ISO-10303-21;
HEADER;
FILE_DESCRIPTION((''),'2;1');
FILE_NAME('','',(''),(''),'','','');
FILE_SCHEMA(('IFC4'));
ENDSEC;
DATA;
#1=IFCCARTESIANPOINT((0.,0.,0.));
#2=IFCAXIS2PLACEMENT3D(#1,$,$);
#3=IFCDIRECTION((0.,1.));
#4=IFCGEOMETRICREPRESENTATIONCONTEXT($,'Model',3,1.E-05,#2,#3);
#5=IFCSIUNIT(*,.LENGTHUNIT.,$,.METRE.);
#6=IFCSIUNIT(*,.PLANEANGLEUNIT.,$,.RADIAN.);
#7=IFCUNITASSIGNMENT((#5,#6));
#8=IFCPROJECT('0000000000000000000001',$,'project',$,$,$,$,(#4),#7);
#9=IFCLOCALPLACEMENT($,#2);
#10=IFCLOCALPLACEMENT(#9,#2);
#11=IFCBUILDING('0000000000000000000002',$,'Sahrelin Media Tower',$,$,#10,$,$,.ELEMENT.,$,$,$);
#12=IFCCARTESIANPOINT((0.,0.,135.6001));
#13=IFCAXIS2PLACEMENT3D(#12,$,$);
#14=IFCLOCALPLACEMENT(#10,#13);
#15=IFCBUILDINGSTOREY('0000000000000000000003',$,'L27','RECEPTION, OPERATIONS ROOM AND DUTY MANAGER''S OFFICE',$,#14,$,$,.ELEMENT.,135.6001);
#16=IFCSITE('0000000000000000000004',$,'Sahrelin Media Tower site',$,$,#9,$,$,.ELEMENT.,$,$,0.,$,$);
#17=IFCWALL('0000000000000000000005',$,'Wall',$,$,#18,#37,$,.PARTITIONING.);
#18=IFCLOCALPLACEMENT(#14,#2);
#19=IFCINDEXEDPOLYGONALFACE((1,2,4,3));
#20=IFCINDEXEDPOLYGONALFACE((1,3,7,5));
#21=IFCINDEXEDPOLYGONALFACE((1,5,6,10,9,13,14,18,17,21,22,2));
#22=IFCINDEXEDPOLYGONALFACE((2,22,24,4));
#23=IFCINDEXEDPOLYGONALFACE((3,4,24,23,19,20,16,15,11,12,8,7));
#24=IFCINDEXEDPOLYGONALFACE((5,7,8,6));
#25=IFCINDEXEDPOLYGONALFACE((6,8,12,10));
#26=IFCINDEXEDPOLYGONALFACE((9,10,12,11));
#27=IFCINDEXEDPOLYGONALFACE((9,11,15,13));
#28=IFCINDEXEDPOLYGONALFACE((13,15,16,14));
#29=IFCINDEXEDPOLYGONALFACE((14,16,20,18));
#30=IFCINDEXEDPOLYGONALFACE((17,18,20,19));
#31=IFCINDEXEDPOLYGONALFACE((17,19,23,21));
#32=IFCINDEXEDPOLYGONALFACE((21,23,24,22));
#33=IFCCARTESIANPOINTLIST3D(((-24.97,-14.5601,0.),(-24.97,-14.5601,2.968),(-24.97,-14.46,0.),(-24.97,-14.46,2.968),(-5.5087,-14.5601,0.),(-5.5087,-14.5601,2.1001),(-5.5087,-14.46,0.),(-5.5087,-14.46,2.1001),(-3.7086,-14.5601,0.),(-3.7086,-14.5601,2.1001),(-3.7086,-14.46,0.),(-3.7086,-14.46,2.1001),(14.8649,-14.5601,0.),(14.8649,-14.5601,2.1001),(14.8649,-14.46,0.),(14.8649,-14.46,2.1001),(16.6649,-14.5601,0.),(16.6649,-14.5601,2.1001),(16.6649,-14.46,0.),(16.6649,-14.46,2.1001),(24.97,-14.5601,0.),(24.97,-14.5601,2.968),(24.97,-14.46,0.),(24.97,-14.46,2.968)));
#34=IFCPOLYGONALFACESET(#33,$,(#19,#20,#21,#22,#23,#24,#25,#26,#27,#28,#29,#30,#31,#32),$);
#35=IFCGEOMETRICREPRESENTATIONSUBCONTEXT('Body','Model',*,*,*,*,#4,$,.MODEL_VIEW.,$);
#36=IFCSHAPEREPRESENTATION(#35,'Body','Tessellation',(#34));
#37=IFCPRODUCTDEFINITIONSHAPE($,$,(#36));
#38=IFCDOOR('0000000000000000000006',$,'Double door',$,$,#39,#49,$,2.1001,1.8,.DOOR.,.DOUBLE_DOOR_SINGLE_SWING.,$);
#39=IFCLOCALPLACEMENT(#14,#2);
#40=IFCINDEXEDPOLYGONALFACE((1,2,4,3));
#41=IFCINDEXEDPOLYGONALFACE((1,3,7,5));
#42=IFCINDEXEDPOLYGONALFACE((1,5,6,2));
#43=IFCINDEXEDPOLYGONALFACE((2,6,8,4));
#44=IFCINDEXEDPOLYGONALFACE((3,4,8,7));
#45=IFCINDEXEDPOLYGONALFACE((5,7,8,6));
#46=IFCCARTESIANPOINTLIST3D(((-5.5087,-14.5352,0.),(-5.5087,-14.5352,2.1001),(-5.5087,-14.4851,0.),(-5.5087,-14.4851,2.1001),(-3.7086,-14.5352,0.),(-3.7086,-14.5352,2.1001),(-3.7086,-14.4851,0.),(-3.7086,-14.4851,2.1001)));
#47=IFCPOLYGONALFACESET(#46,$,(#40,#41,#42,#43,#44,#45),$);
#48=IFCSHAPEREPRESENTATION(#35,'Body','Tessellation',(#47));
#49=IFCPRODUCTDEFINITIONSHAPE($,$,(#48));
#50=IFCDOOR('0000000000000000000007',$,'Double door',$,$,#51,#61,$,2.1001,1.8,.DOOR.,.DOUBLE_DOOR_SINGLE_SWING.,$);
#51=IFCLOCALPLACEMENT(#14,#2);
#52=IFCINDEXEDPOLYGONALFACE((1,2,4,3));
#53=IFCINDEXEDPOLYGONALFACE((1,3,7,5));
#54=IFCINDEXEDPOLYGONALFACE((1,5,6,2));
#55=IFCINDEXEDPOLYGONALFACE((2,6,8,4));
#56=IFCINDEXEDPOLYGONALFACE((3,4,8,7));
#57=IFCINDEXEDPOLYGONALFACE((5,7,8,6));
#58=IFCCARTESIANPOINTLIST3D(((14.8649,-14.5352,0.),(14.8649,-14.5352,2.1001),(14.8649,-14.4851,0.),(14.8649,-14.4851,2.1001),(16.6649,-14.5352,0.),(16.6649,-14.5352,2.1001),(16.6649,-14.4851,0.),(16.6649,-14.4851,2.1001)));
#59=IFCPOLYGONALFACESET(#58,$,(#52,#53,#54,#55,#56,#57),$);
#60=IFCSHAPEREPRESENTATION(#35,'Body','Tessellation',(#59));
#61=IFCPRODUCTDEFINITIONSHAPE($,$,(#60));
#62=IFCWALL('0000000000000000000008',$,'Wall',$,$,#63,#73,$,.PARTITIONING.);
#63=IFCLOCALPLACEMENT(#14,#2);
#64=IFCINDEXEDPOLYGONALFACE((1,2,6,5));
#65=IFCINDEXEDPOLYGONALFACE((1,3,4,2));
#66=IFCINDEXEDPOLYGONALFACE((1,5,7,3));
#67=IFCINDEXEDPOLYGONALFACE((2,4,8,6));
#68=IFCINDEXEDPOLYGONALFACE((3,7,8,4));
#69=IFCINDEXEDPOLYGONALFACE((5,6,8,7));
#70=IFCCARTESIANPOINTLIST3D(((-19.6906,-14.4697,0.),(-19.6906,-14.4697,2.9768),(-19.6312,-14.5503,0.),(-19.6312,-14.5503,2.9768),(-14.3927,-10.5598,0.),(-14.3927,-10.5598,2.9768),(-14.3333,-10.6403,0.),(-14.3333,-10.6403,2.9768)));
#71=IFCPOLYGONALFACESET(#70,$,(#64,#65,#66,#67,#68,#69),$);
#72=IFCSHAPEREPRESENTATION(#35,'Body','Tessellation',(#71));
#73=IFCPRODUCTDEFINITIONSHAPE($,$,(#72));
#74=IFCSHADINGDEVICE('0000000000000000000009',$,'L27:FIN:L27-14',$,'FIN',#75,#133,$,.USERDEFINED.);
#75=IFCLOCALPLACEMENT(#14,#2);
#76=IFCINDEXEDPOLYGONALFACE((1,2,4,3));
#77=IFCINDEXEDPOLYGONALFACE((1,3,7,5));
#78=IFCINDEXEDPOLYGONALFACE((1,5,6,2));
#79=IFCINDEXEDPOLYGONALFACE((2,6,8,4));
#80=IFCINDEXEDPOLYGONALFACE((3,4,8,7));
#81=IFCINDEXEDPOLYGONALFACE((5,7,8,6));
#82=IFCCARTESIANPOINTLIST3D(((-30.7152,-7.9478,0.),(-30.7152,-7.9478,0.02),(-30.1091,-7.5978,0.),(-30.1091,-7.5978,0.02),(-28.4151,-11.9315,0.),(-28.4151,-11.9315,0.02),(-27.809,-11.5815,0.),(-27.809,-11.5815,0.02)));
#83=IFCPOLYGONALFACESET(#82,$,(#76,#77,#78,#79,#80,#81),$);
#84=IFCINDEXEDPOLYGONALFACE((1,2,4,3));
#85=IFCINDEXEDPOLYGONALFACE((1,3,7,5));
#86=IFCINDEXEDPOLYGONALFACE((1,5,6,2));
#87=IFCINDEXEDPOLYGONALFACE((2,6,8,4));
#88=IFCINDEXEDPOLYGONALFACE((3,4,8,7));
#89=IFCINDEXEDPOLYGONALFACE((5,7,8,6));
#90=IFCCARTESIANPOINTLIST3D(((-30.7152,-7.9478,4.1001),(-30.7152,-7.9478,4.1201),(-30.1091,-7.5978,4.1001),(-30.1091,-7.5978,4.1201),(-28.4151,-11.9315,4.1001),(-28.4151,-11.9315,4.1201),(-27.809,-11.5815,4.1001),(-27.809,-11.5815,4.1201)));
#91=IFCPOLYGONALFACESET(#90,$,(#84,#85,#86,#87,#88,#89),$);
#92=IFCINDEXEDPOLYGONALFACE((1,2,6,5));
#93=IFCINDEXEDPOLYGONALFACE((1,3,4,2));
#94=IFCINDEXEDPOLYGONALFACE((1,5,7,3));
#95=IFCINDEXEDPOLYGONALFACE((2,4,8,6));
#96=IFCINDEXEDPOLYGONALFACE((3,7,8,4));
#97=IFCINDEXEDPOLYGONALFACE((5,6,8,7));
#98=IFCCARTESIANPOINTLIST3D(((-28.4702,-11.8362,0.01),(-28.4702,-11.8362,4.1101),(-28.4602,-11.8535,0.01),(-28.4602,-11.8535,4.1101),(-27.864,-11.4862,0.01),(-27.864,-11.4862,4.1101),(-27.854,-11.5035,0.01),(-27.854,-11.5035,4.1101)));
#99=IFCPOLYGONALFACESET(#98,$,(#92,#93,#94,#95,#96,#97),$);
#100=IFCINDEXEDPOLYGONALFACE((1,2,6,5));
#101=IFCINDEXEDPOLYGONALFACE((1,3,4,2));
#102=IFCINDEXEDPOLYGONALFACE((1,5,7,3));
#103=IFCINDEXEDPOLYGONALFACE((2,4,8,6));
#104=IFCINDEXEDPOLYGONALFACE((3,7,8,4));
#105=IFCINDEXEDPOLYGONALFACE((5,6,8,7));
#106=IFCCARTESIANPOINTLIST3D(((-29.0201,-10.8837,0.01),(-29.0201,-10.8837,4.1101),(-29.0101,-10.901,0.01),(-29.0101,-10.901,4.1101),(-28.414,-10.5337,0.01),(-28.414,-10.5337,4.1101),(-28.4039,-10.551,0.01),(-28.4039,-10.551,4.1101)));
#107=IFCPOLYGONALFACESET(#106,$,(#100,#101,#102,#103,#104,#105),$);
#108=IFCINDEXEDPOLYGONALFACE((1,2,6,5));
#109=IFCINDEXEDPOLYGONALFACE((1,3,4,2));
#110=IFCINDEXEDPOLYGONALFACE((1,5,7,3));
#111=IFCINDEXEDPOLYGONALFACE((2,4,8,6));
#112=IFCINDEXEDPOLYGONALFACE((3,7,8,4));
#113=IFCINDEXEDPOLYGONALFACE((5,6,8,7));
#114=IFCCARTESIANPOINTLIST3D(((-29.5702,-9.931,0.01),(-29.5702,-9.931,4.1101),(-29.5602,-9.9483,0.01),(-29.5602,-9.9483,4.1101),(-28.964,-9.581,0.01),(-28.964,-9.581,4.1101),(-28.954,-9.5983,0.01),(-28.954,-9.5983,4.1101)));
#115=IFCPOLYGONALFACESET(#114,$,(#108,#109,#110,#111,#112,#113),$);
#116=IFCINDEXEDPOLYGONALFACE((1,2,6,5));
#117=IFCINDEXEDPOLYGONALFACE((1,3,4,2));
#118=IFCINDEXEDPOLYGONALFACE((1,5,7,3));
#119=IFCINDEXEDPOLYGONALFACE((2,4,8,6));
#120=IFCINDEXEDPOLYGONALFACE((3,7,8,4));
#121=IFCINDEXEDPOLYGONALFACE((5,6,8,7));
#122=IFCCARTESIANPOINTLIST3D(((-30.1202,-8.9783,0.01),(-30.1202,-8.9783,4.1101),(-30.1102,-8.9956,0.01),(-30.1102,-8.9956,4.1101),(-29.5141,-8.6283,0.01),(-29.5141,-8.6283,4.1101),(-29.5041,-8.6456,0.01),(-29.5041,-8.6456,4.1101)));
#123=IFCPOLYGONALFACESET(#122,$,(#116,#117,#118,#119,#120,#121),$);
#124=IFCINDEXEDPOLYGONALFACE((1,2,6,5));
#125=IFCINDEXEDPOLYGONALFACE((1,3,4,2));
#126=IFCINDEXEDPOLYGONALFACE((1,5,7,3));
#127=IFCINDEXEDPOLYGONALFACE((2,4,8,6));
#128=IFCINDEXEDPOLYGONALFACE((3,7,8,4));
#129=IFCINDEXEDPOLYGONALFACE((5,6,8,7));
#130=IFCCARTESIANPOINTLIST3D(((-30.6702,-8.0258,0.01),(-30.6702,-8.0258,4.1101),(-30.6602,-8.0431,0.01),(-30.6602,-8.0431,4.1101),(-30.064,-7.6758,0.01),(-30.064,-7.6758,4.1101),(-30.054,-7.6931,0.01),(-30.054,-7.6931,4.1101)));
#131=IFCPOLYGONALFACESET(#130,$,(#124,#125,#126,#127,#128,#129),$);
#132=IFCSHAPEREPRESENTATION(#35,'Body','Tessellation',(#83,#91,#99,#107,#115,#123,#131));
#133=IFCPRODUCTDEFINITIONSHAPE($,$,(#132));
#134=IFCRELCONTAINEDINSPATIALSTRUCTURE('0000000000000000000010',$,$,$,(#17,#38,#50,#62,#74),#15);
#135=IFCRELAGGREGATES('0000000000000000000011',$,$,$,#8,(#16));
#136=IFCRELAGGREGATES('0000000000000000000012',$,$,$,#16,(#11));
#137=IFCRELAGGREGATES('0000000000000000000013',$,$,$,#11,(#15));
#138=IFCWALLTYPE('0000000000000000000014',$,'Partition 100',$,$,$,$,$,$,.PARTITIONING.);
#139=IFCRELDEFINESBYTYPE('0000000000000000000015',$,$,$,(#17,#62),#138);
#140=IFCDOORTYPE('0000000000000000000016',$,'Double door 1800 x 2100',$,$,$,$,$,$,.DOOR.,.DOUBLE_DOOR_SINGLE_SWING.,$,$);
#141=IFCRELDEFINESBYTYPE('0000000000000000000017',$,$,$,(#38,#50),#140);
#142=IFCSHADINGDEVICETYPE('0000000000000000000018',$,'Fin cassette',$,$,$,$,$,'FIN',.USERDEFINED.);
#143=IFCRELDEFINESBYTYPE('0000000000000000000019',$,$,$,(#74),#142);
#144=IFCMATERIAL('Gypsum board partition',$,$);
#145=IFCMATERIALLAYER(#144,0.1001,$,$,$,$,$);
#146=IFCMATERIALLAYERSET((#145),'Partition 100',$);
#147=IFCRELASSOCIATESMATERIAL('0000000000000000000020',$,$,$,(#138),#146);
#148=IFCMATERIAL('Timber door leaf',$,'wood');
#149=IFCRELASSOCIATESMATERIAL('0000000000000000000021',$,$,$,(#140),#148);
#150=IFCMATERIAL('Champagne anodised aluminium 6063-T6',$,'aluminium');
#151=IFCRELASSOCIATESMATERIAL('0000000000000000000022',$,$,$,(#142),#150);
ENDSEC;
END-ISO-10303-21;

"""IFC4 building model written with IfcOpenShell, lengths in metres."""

from ifc_helpers import new_model, si_unit, direction, frame, frame_2d, origin, origin_2d, place, context, subcontext, project, spatial, rectangle, extrude, material, layer, layer_set, type_object, element, fill, save


model = new_model("IFC4")

# Units and contexts
model_context = context("Model", 3, precision=1e-05, world=origin(), true_north=direction((0.0, 1.0)))
body_context = subcontext(model_context, "Body", "Model", "MODEL_VIEW")
ifc_project = project(units=[si_unit("LENGTHUNIT", "METRE"), si_unit("PLANEANGLEUNIT", "RADIAN")], contexts=[model_context])

# Site, building, storey
site_placement = place(None, origin())
site = spatial("IfcSite", under=ifc_project, at=site_placement, Name="Sahrelin Media Tower site", CompositionType="ELEMENT", RefElevation=0.0)
building_placement = place(site_placement, origin())
building = spatial("IfcBuilding", under=site, at=building_placement, Name="Sahrelin Media Tower", CompositionType="ELEMENT")
storey_placement = place(building_placement, frame((0.0, 0.0, 135.6001)))
storey = spatial("IfcBuildingStorey", under=building, at=storey_placement, Name="L27", Description="RECEPTION, OPERATIONS ROOM AND DUTY MANAGER'S OFFICE", CompositionType="ELEMENT", Elevation=135.6001)

# Shared definitions
ifc_material_1 = material(Name="Champagne anodised aluminium 6063-T6", Category="aluminium")

# Wall, openings, doors
ifc_material_2 = material(Name="Gypsum board partition")
ifc_layer_1 = layer(ifc_material_2, 0.1001)
ifc_layer_set_1 = layer_set([ifc_layer_1], Name="Partition 100")
wall_type_1 = type_object("IfcWallType", Name="Partition 100", PredefinedType="PARTITIONING", material=ifc_layer_set_1)
wall_1_placement = place(storey_placement, frame((-24.97, -14.51, 0.0), z_axis=(0.0, 0.0, 1.0), x_axis=(1.0, 0.0, 0.0)))
wall_1 = element("IfcWall", 1, at=wall_1_placement, inside=storey, type_object=wall_type_1, Name="Wall", PredefinedType="PARTITIONING", context=body_context, shape_type="SweptSolid", body=[
    extrude(rectangle(XDim=49.9399, YDim=0.1001, at=frame_2d((24.97, 0.0))), origin(), (0.0, 0.0, 1.0), 2.968),
])
opening_1_placement = place(wall_1_placement, frame((19.4614, 0.0, 0.0)))
opening_1 = element("IfcOpeningElement", 2, at=opening_1_placement, cuts=wall_1, PredefinedType="OPENING", context=body_context, shape_type="SweptSolid", body=[
    extrude(rectangle(XDim=1.8, YDim=2.1001, at=frame_2d((0.8999, 1.05))), frame((0.0, 0.05, 0.0), z_axis=(0.0, -1.0, 0.0), x_axis=(1.0, 0.0, 0.0)), (0.0, 0.0, 1.0), 0.1001),
])
opening_2_placement = place(wall_1_placement, frame((39.835, 0.0, 0.0)))
opening_2 = element("IfcOpeningElement", 3, at=opening_2_placement, cuts=wall_1, PredefinedType="OPENING", context=body_context, shape_type="SweptSolid", body=[
    extrude(rectangle(XDim=1.8, YDim=2.1001, at=frame_2d((0.8999, 1.05))), frame((0.0, 0.05, 0.0), z_axis=(0.0, -1.0, 0.0), x_axis=(1.0, 0.0, 0.0)), (0.0, 0.0, 1.0), 0.1001),
])
ifc_material_3 = material(Name="Timber door leaf", Category="wood")
door_type_1 = type_object("IfcDoorType", Name="Double door 1800 x 2100", OperationType="DOUBLE_DOOR_SINGLE_SWING", PredefinedType="DOOR", material=ifc_material_3)
door_1_placement = place(opening_1_placement, origin())
door_1 = element("IfcDoor", 4, at=door_1_placement, inside=storey, type_object=door_type_1, Name="Double door", OperationType="DOUBLE_DOOR_SINGLE_SWING", OverallHeight=2.1001, OverallWidth=1.8, PredefinedType="DOOR", context=body_context, shape_type="SweptSolid", body=[
    extrude(rectangle(XDim=1.8, YDim=2.1001, at=frame_2d((0.8999, 1.05))), frame((0.0, 0.0249, 0.0), z_axis=(0.0, -1.0, 0.0), x_axis=(1.0, 0.0, 0.0)), (0.0, 0.0, 1.0), 0.05),
])
fill(opening_1, door_1)
door_2_placement = place(opening_2_placement, origin())
door_2 = element("IfcDoor", 5, at=door_2_placement, inside=storey, type_object=door_type_1, Name="Double door", OperationType="DOUBLE_DOOR_SINGLE_SWING", OverallHeight=2.1001, OverallWidth=1.8, PredefinedType="DOOR", context=body_context, shape_type="SweptSolid", body=[
    extrude(rectangle(XDim=1.8, YDim=2.1001, at=frame_2d((0.8999, 1.05))), frame((0.0, 0.0249, 0.0), z_axis=(0.0, -1.0, 0.0), x_axis=(1.0, 0.0, 0.0)), (0.0, 0.0, 1.0), 0.05),
])
fill(opening_2, door_2)

# Wall
wall_2_placement = place(storey_placement, frame((-19.6609, -14.51, 0.0), z_axis=(0.0, 0.0, 1.0), x_axis=(0.804604, 0.593812, 0.0)))
element("IfcWall", 6, at=wall_2_placement, inside=storey, type_object=wall_type_1, Name="Wall", PredefinedType="PARTITIONING", context=body_context, shape_type="SweptSolid", body=[
    extrude(rectangle(XDim=6.5845, YDim=0.1001, at=frame_2d((3.2922, 0.0))), origin(), (0.0, 0.0, 1.0), 2.9768),
])

# Shading device
shading_device_type_1 = type_object("IfcShadingDeviceType", Name="Fin cassette", ElementType="FIN", PredefinedType="USERDEFINED", material=ifc_material_1)
placement_1 = place(storey_placement, frame((-28.8984, -9.5547, 0.0), z_axis=(0.0, 0.0, 1.0), x_axis=(-0.500011, 0.866019, 0.0)))
element("IfcShadingDevice", 7, at=placement_1, inside=storey, type_object=shading_device_type_1, Name="L27:FIN:L27-14", ObjectType="FIN", PredefinedType="USERDEFINED", context=body_context, shape_type="SweptSolid", body=[
    extrude(rectangle(XDim=4.6001, YDim=0.7, at=origin_2d()), frame((0.0, 0.4199, 0.0)), (0.0, 0.0, 1.0), 0.02),
    extrude(rectangle(XDim=4.6001, YDim=0.7, at=origin_2d()), frame((0.0, 0.4199, 4.1001)), (0.0, 0.0, 1.0), 0.02),
    extrude(rectangle(XDim=0.02, YDim=0.7, at=origin_2d()), frame((-2.2, 0.4199, 0.01), z_axis=(0.0, 0.0, 1.0), x_axis=(1.0, 0.0, 0.0)), (0.0, 0.0, 1.0), 4.1001),
    extrude(rectangle(XDim=0.02, YDim=0.7, at=origin_2d()), frame((-1.1001, 0.4199, 0.01), z_axis=(0.0, 0.0, 1.0), x_axis=(1.0, 0.0, 0.0)), (0.0, 0.0, 1.0), 4.1001),
    extrude(rectangle(XDim=0.02, YDim=0.7, at=origin_2d()), frame((0.0, 0.4199, 0.01), z_axis=(0.0, 0.0, 1.0), x_axis=(1.0, 0.0, 0.0)), (0.0, 0.0, 1.0), 4.1001),
    extrude(rectangle(XDim=0.02, YDim=0.7, at=origin_2d()), frame((1.1001, 0.4199, 0.01), z_axis=(0.0, 0.0, 1.0), x_axis=(1.0, 0.0, 0.0)), (0.0, 0.0, 1.0), 4.1001),
    extrude(rectangle(XDim=0.02, YDim=0.7, at=origin_2d()), frame((2.2, 0.4199, 0.01), z_axis=(0.0, 0.0, 1.0), x_axis=(1.0, 0.0, 0.0)), (0.0, 0.0, 1.0), 4.1001),
])

save(model, "model.ifc")
